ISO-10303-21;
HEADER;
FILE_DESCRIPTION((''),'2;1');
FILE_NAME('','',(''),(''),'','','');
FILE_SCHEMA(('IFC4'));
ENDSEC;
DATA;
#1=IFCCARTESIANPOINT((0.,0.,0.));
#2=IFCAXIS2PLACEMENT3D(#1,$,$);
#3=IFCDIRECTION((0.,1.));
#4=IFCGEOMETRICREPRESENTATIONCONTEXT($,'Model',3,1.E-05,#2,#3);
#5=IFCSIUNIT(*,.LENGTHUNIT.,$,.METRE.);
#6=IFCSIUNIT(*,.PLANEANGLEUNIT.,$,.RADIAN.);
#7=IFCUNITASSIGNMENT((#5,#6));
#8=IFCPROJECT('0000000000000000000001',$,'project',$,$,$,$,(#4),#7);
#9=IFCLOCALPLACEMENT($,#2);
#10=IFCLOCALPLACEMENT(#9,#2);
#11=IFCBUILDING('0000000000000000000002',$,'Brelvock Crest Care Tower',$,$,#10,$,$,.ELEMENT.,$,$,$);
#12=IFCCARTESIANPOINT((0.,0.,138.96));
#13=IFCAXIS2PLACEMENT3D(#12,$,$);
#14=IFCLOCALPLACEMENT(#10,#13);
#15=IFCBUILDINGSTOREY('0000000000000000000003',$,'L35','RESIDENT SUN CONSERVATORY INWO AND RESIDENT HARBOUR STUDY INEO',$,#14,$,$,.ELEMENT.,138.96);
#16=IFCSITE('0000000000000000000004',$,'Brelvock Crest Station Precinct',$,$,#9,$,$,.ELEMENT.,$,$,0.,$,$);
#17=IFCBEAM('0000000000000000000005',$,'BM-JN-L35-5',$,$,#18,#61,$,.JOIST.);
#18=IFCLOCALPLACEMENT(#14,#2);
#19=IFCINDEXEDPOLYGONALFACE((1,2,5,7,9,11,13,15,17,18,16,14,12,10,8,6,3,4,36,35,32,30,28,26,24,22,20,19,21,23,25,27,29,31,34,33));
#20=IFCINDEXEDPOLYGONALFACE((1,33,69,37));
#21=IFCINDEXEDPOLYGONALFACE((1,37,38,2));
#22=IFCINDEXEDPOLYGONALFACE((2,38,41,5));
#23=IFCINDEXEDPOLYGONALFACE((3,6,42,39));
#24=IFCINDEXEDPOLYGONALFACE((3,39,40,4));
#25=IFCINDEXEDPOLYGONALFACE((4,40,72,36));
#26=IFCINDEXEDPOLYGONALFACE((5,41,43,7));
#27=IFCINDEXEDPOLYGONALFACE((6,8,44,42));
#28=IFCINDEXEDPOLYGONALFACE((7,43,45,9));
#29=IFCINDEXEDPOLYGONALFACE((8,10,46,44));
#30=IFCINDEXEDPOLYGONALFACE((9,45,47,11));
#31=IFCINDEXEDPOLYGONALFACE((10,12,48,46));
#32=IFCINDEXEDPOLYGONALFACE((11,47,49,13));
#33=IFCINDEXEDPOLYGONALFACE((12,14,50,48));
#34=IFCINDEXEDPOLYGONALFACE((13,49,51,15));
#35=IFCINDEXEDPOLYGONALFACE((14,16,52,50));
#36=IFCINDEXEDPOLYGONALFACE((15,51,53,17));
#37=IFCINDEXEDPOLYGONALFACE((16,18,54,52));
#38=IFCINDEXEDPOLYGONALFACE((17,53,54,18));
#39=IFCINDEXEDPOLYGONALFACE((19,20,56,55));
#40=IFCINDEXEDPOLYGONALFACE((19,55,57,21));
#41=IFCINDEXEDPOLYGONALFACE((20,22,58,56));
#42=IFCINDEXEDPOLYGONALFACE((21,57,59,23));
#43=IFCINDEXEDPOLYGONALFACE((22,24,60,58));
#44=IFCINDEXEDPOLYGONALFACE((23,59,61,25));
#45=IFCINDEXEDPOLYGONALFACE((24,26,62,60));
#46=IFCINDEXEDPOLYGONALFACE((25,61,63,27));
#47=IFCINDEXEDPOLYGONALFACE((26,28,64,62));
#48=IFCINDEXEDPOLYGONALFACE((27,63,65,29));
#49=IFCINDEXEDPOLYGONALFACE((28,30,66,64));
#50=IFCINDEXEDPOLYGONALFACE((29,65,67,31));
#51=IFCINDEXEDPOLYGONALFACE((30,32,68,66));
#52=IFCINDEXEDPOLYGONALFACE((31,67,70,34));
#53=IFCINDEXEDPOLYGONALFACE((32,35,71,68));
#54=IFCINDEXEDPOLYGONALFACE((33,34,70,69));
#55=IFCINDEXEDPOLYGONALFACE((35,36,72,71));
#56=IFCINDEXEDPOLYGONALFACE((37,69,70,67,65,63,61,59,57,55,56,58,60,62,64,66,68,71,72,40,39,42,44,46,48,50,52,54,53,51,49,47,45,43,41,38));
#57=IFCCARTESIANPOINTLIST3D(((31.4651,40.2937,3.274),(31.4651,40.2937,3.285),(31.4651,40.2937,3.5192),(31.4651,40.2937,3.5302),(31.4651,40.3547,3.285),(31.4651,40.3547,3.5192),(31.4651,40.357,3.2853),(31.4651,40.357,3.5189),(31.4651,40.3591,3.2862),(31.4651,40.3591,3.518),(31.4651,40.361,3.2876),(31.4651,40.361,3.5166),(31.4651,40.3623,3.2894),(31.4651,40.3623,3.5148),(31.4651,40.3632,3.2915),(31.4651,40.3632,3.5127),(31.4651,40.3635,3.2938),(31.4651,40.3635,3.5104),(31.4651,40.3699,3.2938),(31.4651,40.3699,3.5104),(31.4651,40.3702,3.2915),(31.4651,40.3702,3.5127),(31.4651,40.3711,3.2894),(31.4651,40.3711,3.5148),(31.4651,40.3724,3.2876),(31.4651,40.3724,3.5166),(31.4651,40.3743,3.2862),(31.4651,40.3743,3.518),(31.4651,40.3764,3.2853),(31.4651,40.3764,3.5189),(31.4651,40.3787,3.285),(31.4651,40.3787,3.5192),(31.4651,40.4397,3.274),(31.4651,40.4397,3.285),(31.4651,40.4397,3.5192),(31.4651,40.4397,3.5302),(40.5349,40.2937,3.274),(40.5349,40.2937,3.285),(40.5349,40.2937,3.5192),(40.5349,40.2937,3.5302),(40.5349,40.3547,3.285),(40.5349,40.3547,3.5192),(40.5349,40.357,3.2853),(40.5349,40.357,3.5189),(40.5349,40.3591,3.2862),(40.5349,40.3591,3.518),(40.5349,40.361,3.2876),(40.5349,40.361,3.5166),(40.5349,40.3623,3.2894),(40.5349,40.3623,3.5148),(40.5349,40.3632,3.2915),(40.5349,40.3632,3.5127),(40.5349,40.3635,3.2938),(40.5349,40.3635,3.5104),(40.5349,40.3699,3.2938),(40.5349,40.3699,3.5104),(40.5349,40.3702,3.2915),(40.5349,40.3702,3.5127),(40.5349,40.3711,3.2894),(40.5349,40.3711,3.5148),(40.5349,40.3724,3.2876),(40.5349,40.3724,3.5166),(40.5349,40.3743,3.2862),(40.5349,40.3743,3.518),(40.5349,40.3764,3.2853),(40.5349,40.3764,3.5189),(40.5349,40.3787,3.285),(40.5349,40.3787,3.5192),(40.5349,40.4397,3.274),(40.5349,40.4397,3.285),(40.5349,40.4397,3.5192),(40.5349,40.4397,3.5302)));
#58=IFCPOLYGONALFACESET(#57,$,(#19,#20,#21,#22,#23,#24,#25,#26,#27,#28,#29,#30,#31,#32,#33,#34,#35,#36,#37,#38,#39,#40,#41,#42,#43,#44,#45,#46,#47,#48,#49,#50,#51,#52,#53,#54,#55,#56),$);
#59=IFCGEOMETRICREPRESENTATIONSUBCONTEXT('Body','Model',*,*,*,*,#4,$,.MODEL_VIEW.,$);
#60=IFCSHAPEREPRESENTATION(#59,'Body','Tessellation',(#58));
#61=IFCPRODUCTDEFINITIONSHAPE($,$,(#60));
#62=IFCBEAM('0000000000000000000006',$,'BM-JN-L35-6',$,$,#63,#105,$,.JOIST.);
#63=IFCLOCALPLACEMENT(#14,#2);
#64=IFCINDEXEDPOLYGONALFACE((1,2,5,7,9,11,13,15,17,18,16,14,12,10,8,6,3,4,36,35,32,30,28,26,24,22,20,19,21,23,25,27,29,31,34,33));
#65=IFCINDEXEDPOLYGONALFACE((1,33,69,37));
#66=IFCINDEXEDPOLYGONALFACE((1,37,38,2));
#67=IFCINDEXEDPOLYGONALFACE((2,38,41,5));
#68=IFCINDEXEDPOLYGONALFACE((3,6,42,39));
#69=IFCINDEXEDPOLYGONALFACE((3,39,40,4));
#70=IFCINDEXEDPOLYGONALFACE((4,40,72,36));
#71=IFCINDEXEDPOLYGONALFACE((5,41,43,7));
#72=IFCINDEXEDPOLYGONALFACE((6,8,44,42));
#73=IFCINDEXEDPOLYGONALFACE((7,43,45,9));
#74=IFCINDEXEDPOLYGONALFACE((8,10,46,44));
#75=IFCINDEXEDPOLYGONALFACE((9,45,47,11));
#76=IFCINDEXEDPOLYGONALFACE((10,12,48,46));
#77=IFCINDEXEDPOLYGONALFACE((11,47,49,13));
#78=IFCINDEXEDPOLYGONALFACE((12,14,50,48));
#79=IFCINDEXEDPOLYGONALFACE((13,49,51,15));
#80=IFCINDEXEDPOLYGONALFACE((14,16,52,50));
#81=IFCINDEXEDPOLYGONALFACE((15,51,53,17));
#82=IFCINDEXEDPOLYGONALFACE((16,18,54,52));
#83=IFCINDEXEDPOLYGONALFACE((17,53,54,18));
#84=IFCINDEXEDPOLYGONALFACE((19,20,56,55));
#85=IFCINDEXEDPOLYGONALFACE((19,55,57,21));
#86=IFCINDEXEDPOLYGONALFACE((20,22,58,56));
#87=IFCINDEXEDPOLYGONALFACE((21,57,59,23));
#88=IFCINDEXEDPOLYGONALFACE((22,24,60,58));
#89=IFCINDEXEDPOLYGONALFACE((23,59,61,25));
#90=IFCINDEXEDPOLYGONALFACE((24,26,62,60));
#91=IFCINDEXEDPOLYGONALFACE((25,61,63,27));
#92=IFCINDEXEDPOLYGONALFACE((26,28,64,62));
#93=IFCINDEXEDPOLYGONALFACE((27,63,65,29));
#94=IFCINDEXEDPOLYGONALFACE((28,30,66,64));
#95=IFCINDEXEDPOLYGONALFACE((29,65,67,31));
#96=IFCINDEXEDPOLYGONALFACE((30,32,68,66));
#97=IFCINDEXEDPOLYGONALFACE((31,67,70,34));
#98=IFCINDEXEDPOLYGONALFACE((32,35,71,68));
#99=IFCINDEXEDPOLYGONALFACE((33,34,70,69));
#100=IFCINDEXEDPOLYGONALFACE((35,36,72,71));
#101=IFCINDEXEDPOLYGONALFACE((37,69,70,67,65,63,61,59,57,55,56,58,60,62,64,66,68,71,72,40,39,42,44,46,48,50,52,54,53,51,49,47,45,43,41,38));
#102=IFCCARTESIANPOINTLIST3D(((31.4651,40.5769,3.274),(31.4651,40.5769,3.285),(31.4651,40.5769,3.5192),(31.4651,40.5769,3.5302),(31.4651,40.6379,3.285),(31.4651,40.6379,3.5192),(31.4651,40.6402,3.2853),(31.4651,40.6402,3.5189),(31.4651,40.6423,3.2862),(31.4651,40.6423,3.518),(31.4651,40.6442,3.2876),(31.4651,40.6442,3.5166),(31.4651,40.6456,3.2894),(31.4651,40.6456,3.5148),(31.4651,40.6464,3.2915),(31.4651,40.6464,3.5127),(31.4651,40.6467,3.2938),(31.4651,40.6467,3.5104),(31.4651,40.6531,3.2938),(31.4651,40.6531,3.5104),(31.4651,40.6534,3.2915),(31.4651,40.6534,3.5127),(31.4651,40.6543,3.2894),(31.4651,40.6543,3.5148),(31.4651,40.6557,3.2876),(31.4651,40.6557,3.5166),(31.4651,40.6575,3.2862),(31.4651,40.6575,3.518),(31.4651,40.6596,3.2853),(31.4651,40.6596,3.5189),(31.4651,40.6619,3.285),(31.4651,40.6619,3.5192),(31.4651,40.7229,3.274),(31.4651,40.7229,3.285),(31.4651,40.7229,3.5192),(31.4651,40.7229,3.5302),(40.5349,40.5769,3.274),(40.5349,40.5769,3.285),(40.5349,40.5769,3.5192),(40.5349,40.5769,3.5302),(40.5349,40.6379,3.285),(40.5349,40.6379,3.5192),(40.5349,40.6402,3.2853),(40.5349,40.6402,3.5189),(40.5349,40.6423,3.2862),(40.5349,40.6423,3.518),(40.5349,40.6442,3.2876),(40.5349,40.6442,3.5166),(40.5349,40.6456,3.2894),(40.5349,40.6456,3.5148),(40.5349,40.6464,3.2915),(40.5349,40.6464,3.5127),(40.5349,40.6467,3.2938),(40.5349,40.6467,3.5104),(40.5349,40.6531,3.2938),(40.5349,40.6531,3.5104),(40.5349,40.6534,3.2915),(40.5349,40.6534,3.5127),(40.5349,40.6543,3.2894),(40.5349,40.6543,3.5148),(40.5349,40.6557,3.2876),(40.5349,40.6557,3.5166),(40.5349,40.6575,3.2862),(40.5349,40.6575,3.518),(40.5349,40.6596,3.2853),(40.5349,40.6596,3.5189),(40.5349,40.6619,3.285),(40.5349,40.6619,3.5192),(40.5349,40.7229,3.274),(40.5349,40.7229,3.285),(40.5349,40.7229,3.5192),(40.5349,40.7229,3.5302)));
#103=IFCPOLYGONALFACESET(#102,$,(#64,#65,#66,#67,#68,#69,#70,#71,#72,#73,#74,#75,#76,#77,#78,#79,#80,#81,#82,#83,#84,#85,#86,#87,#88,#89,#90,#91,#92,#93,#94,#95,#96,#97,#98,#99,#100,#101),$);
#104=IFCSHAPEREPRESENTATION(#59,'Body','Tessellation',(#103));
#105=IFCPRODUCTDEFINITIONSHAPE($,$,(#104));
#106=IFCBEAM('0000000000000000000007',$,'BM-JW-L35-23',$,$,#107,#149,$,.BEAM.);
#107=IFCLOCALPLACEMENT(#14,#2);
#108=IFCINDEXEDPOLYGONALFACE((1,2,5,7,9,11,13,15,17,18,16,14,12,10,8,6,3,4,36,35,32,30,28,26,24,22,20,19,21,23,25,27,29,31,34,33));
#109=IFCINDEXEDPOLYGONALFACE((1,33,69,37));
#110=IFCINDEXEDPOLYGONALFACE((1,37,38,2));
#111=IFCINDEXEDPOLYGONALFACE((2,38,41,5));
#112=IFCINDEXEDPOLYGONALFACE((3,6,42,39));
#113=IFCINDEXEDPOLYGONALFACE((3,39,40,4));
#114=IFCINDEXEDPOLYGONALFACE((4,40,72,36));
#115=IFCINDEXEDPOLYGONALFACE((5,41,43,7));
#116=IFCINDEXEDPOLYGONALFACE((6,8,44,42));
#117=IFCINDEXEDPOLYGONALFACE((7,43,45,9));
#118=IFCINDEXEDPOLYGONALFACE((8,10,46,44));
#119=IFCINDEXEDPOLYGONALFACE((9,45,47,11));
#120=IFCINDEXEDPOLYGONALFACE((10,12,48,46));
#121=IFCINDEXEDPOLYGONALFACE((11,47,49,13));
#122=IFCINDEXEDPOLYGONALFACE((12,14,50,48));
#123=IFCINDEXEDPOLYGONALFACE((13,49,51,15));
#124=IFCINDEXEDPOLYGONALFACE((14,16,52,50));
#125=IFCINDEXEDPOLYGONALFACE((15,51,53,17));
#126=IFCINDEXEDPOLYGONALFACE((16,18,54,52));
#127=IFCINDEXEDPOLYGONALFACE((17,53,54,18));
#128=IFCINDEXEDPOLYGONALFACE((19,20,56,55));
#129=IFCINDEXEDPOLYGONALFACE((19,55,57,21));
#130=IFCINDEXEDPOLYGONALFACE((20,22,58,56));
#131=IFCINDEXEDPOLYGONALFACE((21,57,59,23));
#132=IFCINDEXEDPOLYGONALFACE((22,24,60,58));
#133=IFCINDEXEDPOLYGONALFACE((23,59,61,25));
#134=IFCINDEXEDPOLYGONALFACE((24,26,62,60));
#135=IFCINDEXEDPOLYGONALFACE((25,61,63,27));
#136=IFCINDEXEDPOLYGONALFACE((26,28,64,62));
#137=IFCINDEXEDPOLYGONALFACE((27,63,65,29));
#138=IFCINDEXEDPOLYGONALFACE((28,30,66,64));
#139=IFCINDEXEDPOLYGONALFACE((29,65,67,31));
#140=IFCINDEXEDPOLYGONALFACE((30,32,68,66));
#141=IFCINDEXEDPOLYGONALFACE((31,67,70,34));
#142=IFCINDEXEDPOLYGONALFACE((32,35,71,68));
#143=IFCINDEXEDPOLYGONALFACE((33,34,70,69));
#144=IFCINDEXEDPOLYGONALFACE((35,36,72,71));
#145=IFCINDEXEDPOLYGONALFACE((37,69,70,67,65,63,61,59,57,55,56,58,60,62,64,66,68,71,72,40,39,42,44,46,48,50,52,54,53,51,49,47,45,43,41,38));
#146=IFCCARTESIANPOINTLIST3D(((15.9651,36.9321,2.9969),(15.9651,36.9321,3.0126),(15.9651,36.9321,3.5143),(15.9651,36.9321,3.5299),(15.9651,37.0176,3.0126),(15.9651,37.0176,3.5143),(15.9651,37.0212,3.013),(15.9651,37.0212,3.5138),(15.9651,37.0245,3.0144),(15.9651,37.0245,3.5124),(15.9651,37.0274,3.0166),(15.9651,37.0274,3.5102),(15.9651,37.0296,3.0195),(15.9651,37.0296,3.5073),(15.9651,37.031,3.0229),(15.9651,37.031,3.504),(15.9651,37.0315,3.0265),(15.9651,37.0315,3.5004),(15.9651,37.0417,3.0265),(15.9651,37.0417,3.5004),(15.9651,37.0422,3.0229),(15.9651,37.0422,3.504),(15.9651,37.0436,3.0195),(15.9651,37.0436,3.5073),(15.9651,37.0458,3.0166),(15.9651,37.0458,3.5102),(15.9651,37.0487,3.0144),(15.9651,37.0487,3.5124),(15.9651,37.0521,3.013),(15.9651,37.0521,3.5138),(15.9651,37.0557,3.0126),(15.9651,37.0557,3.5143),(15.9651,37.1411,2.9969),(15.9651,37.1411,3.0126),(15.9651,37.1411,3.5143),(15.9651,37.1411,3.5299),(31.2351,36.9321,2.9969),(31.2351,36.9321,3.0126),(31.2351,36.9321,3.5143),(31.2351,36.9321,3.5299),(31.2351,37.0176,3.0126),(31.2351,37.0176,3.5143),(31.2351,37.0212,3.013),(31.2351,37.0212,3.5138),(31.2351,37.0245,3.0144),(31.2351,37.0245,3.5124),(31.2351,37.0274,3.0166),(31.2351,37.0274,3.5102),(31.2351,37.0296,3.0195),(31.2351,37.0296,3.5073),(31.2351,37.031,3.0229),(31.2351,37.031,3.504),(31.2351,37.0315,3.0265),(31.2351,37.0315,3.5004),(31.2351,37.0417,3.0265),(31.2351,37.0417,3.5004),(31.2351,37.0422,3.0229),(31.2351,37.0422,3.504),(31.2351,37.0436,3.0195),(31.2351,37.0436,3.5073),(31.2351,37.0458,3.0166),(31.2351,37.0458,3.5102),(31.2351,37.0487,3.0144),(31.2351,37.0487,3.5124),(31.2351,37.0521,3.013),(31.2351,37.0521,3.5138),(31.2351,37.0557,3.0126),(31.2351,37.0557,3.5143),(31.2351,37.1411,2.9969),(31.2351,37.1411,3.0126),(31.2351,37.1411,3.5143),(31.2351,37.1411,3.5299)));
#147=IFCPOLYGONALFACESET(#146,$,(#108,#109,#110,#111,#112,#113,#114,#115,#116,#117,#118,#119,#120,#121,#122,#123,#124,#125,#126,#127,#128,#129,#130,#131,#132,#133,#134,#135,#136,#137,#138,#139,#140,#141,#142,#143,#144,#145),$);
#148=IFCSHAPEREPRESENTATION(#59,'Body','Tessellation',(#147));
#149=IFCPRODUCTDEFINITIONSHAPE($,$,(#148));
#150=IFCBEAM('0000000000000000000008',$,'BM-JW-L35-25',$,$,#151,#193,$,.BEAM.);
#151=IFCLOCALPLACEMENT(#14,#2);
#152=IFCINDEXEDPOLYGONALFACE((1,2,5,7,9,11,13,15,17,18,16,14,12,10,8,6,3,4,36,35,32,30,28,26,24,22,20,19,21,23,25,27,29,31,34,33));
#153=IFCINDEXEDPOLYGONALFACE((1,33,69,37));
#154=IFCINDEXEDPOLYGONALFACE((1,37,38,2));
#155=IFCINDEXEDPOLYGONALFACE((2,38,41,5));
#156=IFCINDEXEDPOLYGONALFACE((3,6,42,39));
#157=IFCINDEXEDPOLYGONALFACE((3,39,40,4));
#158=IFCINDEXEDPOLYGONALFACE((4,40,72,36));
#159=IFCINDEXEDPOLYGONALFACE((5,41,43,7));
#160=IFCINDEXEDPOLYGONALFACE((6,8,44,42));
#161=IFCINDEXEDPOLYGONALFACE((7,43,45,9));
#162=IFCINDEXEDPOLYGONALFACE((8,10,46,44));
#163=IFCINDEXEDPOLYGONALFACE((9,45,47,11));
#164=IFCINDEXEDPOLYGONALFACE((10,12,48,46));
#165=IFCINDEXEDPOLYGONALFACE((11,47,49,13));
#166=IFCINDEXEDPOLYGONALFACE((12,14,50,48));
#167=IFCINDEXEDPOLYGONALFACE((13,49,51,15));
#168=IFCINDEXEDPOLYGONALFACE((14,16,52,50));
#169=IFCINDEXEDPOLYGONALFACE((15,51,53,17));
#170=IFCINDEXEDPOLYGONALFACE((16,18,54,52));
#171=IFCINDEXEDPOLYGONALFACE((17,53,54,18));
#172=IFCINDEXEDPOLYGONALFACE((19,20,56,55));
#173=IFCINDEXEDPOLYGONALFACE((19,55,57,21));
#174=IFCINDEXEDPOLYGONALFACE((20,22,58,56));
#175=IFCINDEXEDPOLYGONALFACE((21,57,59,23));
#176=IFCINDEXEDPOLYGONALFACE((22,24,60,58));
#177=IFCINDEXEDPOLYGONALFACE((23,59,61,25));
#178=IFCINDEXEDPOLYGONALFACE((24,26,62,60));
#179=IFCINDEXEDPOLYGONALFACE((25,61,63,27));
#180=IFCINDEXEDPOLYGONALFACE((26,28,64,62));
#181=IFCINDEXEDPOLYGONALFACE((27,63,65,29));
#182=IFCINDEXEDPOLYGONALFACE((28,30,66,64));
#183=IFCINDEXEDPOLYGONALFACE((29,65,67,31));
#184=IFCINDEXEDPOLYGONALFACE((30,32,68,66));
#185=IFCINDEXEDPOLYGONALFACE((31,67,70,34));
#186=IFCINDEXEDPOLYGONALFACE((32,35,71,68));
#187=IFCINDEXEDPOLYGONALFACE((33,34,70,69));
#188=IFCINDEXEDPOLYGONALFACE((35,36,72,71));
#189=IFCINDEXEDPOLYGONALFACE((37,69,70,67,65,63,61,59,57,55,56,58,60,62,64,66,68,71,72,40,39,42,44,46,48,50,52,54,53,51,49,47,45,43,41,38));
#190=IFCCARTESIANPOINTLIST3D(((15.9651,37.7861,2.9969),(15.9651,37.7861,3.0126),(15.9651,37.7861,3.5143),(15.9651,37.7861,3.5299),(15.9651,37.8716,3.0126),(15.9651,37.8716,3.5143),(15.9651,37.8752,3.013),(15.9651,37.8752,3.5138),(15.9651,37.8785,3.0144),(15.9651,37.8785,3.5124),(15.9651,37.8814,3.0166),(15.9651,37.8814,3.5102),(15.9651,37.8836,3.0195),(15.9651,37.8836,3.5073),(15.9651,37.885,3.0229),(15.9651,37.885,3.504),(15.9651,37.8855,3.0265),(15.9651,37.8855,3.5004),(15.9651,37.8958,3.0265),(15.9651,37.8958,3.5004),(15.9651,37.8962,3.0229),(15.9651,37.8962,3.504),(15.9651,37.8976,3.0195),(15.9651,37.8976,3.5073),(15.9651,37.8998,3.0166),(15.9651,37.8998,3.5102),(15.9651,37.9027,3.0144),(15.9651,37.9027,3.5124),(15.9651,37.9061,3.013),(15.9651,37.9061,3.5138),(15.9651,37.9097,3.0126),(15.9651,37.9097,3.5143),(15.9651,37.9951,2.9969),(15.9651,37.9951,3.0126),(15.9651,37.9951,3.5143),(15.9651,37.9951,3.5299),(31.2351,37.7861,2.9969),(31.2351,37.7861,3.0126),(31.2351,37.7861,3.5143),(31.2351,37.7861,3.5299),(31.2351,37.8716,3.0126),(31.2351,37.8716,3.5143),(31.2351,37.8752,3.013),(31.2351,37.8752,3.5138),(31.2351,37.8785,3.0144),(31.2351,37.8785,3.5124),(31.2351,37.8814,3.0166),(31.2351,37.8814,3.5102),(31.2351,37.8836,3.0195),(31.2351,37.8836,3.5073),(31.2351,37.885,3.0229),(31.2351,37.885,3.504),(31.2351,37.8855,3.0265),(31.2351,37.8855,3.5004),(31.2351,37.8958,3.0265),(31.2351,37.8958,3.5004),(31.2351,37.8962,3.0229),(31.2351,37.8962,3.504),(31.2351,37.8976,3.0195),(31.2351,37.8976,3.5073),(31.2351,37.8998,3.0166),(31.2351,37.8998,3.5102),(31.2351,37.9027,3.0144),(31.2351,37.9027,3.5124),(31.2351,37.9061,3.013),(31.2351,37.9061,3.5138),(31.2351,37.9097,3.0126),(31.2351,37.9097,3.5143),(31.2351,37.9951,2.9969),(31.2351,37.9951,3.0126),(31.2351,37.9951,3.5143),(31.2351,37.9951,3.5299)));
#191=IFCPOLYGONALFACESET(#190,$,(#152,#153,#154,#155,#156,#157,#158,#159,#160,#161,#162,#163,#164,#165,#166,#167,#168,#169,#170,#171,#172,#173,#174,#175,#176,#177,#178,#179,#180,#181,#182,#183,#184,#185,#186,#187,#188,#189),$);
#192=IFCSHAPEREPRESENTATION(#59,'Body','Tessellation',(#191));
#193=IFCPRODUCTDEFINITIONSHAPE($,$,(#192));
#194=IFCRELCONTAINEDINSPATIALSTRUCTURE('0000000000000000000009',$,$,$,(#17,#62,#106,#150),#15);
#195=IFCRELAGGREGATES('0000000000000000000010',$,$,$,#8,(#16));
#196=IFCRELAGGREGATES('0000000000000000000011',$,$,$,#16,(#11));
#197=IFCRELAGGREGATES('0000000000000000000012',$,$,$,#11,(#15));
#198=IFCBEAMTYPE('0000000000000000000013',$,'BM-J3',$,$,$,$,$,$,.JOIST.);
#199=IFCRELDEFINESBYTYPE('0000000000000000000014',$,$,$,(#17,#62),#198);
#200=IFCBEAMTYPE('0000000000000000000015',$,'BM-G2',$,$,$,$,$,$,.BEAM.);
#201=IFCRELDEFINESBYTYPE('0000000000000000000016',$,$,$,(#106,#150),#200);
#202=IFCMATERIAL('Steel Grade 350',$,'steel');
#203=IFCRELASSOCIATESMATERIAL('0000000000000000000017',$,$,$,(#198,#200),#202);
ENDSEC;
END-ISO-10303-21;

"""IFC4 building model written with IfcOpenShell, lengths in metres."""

from ifc_helpers import new_model, si_unit, direction, frame, origin, origin_2d, place, context, subcontext, project, spatial, i_section, extrude, source, transform, mapped, material, material_profile, profile_set, type_object, element, save


model = new_model("IFC4")

# Units and contexts
model_context = context("Model", 3, precision=1e-05, world=origin(), true_north=direction((0.0, 1.0)))
body_context = subcontext(model_context, "Body", "Model", "MODEL_VIEW")
ifc_project = project(units=[si_unit("LENGTHUNIT", "METRE"), si_unit("PLANEANGLEUNIT", "RADIAN")], contexts=[model_context])

# Site, building, storey
site_placement = place(None, origin())
site = spatial("IfcSite", under=ifc_project, at=site_placement, Name="Brelvock Crest Station Precinct", CompositionType="ELEMENT", RefElevation=0.0)
building_placement = place(site_placement, origin())
building = spatial("IfcBuilding", under=site, at=building_placement, Name="Brelvock Crest Care Tower", CompositionType="ELEMENT")
storey_placement = place(building_placement, frame((0.0, 0.0, 138.96)))
storey = spatial("IfcBuildingStorey", under=building, at=storey_placement, Name="L35", Description="RESIDENT SUN CONSERVATORY INWO AND RESIDENT HARBOUR STUDY INEO", CompositionType="ELEMENT", Elevation=138.96)

# Beams
ifc_material_1 = material(Name="Steel Grade 350", Category="steel")
ifc_material_profile_1 = material_profile(ifc_material_1, i_section(OverallWidth=0.146, OverallDepth=0.2561, WebThickness=0.0063, FlangeThickness=0.011, FilletRadius=0.0088, at=origin_2d()), Name="250UB37.3")
ifc_profile_set_1 = profile_set([ifc_material_profile_1], Name="Steel Grade 350")
beam_type_1 = type_object("IfcBeamType", Name="BM-J3", PredefinedType="JOIST", material=ifc_profile_set_1)
shared_shape_1 = source(origin(), body_context, "Body", "SweptSolid", [
    extrude(i_section(OverallWidth=0.146, OverallDepth=0.2561, WebThickness=0.0063, FlangeThickness=0.011, FilletRadius=0.0088, at=origin_2d()), origin(), (0.0, 0.0, 1.0), 9.0698),
])
for number, where, z_axis, x_axis, name in (
    (1, (31.4651, 40.3667, 3.4021), (1.0, 0.0, 0.0), (0.0, 1.0, 0.0), "BM-JN-L35-5"),
    (2, (31.4651, 40.6499, 3.4021), (1.0, 0.0, 0.0), (0.0, 1.0, 0.0), "BM-JN-L35-6"),
):
    element("IfcBeam", number, at=place(storey_placement, frame(where, z_axis=z_axis, x_axis=x_axis)), inside=storey, type_object=beam_type_1, Name=name, PredefinedType="JOIST", context=body_context, shape_type="MappedRepresentation", body=[
        mapped(shared_shape_1, transform((0.0, 0.0, 0.0), x_axis=(1.0, 0.0, 0.0), y_axis=(0.0, 1.0, 0.0), z_axis=(0.0, 0.0, 1.0), scale=1.0)),
    ])
ifc_material_profile_2 = material_profile(ifc_material_1, i_section(OverallWidth=0.209, OverallDepth=0.533, WebThickness=0.0103, FlangeThickness=0.0156, FilletRadius=0.0139, at=origin_2d()), Name="530UB92.4")
ifc_profile_set_2 = profile_set([ifc_material_profile_2], Name="Steel Grade 350")
beam_type_2 = type_object("IfcBeamType", Name="BM-G2", PredefinedType="BEAM", material=ifc_profile_set_2)
shared_shape_2 = source(origin(), body_context, "Body", "SweptSolid", [
    extrude(i_section(OverallWidth=0.209, OverallDepth=0.533, WebThickness=0.0103, FlangeThickness=0.0156, FilletRadius=0.0139, at=origin_2d()), origin(), (0.0, 0.0, 1.0), 15.27),
])
for number, where, z_axis, x_axis, name in (
    (3, (15.9651, 37.0366, 3.2634), (1.0, 0.0, 0.0), (0.0, 1.0, 0.0), "BM-JW-L35-23"),
    (4, (15.9651, 37.8906, 3.2634), (1.0, 0.0, 0.0), (0.0, 1.0, 0.0), "BM-JW-L35-25"),
):
    element("IfcBeam", number, at=place(storey_placement, frame(where, z_axis=z_axis, x_axis=x_axis)), inside=storey, type_object=beam_type_2, Name=name, PredefinedType="BEAM", context=body_context, shape_type="MappedRepresentation", body=[
        mapped(shared_shape_2, transform((0.0, 0.0, 0.0), x_axis=(1.0, 0.0, 0.0), y_axis=(0.0, 1.0, 0.0), z_axis=(0.0, 0.0, 1.0), scale=1.0)),
    ])

save(model, "model.ifc")
